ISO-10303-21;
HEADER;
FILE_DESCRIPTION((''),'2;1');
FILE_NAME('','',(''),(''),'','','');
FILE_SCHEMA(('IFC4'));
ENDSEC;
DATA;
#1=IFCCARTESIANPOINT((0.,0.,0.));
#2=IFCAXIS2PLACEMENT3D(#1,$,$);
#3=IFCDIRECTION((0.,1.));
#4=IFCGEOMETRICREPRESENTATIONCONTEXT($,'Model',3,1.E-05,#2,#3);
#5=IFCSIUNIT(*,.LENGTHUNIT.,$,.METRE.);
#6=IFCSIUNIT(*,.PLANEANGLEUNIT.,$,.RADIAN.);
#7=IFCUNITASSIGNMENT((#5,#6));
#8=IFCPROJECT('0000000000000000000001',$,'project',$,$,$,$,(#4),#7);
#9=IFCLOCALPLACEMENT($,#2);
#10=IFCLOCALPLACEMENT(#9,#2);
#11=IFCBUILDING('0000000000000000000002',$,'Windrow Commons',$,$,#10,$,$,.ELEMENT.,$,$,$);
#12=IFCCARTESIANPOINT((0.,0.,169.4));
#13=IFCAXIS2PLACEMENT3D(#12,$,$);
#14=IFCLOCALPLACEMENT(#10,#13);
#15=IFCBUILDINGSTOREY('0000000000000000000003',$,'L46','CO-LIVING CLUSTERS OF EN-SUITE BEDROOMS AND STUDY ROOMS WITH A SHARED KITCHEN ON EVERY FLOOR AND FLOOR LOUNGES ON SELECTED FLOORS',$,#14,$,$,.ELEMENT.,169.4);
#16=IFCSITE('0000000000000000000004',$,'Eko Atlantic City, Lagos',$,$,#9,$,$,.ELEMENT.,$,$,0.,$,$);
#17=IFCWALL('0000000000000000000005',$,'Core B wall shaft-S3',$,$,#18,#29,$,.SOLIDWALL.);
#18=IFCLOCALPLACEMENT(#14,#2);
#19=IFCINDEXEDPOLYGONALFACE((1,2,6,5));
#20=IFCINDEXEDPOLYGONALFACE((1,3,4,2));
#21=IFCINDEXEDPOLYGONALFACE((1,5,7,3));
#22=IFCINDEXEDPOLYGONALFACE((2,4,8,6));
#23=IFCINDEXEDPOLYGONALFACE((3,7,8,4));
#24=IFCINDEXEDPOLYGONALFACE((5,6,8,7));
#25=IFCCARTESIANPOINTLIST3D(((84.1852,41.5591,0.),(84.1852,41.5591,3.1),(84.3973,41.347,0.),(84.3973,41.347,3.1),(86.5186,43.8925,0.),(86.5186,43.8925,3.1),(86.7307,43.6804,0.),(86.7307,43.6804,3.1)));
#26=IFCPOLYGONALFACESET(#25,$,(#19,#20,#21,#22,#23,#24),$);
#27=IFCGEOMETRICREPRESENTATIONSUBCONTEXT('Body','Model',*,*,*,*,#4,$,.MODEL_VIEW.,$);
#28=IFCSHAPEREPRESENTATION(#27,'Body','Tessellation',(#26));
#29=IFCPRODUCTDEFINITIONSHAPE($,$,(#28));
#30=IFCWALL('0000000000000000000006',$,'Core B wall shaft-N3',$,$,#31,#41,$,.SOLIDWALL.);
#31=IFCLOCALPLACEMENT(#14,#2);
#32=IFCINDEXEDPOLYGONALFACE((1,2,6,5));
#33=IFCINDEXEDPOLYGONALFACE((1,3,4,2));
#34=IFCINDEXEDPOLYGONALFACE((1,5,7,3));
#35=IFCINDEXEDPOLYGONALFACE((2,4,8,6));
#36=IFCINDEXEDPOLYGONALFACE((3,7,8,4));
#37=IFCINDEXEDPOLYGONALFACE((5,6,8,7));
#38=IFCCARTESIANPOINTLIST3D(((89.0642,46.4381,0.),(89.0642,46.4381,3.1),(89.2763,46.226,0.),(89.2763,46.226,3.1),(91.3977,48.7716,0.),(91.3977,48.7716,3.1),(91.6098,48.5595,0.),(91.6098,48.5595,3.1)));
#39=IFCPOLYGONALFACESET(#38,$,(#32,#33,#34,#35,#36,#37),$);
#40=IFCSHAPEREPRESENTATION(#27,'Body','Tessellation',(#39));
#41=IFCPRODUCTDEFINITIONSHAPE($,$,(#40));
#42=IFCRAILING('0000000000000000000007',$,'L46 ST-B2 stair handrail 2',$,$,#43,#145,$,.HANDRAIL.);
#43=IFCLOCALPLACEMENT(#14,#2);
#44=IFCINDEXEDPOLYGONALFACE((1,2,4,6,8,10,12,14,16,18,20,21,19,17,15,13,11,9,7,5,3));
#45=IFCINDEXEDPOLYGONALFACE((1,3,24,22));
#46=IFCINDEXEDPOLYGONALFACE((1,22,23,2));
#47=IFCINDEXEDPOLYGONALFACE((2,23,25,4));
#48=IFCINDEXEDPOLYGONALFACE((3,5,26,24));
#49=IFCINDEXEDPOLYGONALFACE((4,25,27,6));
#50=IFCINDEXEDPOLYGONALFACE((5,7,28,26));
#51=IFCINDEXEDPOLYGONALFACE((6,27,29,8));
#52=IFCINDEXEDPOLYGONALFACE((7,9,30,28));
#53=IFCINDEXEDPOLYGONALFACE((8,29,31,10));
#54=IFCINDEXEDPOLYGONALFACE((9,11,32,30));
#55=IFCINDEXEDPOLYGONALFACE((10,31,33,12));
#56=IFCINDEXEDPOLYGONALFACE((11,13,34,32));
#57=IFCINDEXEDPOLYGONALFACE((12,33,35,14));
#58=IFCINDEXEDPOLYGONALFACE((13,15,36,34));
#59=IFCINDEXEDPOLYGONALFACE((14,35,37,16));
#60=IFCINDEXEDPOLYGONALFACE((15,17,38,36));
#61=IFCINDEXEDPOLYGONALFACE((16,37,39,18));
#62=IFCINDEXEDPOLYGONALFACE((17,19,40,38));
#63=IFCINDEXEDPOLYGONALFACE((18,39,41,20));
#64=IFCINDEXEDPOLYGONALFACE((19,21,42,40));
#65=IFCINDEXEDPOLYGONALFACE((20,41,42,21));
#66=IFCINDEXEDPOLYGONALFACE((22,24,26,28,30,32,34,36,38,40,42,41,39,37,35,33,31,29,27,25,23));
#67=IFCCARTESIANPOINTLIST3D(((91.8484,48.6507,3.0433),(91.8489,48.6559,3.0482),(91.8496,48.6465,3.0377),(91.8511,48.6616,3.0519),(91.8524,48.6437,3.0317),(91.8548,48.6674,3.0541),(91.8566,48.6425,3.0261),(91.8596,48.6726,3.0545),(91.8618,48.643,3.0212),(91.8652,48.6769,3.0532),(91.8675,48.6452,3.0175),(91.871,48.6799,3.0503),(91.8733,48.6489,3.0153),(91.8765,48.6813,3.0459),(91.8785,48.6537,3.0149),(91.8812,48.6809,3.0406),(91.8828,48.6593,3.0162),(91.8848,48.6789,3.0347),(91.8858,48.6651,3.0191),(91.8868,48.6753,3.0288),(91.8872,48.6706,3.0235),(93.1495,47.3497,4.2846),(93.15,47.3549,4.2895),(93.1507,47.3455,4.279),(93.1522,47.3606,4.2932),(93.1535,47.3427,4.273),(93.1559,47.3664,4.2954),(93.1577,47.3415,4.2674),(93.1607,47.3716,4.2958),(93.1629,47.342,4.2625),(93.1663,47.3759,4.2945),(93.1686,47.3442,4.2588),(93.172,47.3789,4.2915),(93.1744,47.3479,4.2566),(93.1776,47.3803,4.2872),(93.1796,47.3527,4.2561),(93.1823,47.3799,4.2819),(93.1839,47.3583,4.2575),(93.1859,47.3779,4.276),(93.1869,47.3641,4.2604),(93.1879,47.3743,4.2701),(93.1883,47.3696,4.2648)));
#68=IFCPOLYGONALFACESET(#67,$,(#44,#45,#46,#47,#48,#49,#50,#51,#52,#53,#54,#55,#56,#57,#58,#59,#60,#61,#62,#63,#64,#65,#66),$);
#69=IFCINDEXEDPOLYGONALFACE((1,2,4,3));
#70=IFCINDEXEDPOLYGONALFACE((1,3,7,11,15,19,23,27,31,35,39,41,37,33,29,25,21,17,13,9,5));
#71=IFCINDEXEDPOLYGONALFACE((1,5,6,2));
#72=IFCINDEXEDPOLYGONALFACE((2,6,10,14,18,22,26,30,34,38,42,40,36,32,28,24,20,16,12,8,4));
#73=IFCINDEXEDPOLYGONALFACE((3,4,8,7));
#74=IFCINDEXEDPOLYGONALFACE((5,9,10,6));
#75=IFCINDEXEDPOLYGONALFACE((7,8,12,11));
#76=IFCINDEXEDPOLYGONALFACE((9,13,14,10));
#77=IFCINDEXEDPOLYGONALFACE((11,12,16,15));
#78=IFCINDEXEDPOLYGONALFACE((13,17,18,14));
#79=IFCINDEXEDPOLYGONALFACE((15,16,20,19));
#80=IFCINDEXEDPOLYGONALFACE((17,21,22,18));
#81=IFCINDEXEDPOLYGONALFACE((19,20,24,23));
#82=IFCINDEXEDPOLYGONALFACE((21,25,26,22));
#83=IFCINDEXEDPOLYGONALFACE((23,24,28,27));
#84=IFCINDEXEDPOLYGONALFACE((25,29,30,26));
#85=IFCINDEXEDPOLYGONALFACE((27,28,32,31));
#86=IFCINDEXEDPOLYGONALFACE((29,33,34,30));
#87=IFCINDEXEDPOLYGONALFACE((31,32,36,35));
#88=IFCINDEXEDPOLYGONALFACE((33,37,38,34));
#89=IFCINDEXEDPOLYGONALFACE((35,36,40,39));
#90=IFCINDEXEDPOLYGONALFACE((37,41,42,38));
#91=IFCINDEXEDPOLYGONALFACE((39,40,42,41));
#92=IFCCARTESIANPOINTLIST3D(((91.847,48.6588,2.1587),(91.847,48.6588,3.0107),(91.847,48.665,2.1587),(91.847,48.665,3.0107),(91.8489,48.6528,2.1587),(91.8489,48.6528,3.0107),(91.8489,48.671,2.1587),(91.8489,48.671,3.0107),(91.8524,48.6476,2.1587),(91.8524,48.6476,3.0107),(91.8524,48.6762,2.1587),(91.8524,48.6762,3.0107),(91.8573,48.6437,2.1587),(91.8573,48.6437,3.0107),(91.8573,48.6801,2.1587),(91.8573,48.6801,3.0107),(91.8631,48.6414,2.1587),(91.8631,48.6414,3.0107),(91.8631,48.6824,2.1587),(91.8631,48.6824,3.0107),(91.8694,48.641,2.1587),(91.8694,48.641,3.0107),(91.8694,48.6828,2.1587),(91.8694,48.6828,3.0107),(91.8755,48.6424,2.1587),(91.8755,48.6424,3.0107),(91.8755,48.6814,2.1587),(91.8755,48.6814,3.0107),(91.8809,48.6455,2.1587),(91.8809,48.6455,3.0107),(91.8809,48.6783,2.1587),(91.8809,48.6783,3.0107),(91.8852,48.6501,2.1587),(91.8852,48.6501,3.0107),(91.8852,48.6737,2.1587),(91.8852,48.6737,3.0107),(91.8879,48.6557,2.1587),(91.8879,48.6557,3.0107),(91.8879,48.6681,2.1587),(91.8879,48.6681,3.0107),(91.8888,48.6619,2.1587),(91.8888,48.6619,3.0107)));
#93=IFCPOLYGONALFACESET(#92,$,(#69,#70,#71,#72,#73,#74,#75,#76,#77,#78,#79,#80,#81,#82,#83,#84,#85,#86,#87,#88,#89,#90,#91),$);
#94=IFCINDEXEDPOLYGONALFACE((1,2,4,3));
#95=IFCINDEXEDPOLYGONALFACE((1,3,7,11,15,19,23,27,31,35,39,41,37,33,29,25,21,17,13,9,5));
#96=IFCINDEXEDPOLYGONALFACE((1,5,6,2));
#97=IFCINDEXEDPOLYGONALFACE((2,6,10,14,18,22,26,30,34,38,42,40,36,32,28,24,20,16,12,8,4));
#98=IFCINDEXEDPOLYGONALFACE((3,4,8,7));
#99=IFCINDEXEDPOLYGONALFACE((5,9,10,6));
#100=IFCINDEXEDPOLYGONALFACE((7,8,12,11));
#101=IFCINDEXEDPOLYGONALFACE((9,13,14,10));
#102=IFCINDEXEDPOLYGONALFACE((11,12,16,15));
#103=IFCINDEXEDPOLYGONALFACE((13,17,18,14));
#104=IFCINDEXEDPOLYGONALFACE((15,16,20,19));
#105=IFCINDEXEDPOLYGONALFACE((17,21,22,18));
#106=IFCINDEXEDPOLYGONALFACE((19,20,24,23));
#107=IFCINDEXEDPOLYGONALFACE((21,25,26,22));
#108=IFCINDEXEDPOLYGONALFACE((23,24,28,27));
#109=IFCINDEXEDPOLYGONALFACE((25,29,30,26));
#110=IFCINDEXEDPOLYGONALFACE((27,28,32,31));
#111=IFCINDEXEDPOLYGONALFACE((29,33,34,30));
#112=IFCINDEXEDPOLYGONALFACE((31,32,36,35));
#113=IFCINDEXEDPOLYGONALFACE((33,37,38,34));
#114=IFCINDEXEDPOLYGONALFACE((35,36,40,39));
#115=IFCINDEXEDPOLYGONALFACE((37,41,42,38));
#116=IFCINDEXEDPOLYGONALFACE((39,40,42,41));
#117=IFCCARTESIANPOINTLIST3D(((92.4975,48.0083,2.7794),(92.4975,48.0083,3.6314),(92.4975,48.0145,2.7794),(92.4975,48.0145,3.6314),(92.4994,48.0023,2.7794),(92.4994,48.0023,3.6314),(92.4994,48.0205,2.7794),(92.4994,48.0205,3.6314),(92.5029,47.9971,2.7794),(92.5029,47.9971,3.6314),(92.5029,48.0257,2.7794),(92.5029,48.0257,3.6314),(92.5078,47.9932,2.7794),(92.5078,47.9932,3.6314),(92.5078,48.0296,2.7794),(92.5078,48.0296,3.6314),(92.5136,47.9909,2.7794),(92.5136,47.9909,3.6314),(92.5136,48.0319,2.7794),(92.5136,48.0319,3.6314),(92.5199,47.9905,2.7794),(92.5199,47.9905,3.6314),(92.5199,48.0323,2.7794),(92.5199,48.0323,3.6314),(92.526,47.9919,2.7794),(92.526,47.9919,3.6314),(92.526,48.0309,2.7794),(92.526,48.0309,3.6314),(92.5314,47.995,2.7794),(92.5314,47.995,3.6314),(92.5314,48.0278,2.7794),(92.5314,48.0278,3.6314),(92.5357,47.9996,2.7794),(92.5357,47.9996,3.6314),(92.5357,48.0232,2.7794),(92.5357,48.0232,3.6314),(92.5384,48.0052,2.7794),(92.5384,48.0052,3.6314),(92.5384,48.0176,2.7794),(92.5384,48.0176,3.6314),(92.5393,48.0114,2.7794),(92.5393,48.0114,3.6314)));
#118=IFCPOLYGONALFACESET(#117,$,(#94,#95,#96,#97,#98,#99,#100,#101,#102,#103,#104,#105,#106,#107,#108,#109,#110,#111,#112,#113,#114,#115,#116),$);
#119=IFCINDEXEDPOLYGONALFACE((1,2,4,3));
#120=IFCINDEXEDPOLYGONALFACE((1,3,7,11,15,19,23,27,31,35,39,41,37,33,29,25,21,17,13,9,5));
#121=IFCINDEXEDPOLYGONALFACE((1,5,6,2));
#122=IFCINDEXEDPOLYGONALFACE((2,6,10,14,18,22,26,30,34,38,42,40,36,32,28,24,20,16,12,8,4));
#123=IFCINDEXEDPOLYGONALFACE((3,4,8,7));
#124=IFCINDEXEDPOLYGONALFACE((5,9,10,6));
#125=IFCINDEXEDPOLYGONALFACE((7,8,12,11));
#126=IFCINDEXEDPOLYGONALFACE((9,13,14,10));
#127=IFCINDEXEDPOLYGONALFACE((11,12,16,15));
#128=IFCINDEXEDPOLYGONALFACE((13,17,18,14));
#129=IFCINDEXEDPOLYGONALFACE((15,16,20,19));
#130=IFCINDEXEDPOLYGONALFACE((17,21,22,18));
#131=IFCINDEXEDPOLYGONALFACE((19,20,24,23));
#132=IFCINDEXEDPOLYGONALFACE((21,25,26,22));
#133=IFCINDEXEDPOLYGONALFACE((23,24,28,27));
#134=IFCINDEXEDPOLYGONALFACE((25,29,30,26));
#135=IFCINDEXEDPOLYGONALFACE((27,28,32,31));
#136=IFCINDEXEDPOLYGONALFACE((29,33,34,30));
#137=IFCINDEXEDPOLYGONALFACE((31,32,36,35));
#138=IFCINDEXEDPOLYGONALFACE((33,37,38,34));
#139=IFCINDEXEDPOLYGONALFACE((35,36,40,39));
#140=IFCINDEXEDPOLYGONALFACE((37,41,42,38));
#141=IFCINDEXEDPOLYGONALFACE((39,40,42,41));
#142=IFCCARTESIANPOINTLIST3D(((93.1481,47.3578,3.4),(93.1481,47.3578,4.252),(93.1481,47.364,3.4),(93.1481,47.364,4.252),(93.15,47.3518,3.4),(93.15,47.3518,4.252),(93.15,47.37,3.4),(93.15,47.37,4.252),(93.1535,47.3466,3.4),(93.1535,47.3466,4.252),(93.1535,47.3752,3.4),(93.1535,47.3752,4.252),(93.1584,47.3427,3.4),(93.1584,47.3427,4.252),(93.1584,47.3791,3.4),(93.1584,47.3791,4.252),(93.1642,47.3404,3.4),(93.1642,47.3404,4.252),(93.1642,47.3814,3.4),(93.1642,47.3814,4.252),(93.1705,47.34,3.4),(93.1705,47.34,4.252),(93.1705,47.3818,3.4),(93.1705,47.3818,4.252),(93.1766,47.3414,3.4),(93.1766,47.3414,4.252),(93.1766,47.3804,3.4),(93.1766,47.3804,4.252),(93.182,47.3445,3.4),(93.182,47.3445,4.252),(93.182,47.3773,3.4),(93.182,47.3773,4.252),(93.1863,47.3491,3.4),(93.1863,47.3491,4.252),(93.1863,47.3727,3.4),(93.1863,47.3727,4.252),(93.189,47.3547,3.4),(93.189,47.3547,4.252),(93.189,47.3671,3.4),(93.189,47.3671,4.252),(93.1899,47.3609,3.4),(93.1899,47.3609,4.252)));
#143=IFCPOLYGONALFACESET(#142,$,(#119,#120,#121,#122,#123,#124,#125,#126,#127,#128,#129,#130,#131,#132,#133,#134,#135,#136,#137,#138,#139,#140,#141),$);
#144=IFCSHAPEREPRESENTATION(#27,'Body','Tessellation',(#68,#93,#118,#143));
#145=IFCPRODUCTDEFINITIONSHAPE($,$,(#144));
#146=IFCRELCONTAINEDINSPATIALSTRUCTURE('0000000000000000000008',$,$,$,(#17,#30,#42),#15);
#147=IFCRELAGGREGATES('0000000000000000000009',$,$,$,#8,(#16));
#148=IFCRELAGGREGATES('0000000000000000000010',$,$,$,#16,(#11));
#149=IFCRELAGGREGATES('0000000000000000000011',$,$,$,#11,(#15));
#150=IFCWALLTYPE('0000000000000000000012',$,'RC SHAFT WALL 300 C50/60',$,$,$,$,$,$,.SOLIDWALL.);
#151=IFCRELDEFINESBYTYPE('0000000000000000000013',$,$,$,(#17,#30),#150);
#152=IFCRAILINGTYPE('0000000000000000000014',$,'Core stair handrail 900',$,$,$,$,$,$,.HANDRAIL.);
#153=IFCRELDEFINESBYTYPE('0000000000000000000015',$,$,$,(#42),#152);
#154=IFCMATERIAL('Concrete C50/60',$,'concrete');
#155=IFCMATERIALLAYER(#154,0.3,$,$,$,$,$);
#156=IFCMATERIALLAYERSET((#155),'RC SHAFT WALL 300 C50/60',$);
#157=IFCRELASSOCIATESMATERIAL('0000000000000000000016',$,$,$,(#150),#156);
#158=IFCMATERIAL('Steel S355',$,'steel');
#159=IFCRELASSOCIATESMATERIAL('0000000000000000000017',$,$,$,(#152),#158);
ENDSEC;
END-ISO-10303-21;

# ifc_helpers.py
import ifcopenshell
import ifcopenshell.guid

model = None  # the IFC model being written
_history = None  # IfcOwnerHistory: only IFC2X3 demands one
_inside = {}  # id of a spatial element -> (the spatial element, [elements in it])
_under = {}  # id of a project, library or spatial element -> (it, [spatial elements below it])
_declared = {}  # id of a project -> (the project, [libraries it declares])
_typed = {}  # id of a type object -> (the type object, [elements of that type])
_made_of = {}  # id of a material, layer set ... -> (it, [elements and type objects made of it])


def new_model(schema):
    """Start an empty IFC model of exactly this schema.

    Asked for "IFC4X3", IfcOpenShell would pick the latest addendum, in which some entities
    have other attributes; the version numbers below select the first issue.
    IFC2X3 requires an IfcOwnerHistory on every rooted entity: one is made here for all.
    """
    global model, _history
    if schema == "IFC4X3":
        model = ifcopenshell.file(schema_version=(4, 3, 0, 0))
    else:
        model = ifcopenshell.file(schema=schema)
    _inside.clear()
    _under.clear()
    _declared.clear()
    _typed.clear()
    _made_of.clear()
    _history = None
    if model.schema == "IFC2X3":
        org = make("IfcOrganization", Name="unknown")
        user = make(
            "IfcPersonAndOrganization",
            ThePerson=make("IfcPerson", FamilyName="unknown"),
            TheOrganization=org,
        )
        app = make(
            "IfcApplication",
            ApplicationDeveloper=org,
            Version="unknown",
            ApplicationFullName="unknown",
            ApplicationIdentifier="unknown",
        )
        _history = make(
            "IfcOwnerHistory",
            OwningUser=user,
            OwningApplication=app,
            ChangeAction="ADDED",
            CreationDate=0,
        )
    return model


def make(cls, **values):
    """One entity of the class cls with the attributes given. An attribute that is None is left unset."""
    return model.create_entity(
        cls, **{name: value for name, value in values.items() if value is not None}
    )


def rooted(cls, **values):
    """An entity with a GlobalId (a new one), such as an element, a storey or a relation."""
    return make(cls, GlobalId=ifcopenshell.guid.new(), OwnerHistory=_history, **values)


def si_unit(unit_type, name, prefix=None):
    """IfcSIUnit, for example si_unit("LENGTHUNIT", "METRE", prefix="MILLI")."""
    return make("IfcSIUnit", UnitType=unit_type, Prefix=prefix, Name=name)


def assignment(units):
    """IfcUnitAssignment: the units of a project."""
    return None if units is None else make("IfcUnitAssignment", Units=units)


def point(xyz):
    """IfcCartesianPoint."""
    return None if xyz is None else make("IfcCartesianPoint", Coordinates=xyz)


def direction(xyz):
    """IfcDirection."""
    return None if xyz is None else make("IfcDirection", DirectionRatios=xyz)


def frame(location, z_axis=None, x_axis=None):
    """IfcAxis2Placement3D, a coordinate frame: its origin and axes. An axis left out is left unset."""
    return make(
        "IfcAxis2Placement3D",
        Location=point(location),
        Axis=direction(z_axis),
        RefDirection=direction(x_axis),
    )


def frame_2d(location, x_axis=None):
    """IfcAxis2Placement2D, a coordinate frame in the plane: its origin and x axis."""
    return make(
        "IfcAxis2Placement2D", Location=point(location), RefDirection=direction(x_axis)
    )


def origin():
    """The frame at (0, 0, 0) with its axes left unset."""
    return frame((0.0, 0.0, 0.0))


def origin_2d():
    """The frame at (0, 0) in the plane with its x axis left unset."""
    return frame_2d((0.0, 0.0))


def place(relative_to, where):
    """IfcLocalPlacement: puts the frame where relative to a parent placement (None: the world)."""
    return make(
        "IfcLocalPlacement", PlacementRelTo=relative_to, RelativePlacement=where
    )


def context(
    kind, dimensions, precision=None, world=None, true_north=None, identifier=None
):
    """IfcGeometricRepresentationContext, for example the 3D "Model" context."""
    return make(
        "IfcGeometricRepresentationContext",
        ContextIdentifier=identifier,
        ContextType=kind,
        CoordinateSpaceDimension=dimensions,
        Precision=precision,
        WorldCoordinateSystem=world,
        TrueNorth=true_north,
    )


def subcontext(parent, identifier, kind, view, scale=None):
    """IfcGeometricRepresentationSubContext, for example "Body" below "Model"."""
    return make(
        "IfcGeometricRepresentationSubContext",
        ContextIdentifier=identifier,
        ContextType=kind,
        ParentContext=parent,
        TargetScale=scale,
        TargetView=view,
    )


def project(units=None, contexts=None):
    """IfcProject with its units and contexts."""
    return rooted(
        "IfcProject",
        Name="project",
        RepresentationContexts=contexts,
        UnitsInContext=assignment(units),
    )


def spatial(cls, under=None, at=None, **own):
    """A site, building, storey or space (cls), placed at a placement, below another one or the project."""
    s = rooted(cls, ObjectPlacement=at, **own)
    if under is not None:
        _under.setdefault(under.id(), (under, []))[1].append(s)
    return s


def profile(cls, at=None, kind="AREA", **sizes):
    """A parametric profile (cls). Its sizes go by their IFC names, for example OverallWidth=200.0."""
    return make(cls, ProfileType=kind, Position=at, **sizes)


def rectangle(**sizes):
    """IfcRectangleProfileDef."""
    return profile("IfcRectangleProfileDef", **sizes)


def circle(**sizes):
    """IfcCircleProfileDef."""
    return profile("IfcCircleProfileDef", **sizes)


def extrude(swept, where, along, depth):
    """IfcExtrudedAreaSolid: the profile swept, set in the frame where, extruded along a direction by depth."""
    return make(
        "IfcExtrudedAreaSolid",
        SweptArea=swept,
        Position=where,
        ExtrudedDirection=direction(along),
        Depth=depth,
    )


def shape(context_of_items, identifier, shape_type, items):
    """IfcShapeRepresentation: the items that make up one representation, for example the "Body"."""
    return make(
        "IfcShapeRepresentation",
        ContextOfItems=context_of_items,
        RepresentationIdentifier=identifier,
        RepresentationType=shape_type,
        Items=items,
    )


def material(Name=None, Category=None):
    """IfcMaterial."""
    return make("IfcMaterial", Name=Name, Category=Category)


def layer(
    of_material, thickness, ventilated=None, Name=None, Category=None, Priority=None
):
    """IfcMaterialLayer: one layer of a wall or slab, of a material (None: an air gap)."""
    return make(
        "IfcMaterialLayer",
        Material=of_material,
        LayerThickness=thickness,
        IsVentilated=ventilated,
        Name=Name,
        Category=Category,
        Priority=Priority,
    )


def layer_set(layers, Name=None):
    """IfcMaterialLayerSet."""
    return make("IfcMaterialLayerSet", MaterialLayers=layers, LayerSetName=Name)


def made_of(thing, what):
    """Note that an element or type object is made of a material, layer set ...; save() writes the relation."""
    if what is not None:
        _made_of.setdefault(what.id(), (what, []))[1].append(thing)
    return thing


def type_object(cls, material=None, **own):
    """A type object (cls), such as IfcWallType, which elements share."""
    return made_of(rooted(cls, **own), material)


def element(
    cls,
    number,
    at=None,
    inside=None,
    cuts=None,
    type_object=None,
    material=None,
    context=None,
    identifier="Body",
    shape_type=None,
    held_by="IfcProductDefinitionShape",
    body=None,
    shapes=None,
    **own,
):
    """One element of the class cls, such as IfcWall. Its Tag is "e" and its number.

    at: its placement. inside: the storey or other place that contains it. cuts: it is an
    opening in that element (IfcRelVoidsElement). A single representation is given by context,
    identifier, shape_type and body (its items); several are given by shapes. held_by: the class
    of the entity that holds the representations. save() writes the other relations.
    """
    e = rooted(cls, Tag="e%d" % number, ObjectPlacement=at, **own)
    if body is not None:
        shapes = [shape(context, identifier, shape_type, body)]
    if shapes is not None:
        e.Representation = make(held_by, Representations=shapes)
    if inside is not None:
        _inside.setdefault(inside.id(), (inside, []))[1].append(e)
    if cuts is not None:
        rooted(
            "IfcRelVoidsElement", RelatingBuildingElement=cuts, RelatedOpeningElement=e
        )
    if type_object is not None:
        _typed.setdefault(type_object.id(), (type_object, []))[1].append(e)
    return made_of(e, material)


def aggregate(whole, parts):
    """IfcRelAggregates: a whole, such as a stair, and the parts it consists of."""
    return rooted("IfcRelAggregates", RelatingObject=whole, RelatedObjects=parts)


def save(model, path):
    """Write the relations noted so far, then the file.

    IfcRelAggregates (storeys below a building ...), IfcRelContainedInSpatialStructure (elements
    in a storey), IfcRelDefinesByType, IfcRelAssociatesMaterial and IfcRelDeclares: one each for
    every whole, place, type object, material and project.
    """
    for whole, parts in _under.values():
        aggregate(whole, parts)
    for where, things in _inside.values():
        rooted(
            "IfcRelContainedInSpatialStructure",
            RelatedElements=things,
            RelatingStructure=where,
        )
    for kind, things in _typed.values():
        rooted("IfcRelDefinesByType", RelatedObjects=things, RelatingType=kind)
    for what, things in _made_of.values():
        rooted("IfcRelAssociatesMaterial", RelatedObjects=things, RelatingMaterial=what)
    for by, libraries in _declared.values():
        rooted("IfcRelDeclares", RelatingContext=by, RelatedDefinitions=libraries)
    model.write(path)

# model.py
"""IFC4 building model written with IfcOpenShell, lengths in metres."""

from ifc_helpers import new_model, si_unit, direction, frame, frame_2d, origin, origin_2d, place, context, subcontext, project, spatial, rectangle, circle, extrude, material, layer, layer_set, type_object, element, save


model = new_model("IFC4")

# Units and contexts
model_context = context("Model", 3, precision=1e-05, world=origin(), true_north=direction((0.0, 1.0)))
body_context = subcontext(model_context, "Body", "Model", "MODEL_VIEW")
ifc_project = project(units=[si_unit("LENGTHUNIT", "METRE"), si_unit("PLANEANGLEUNIT", "RADIAN")], contexts=[model_context])

# Site, building, storey
site_placement = place(None, origin())
site = spatial("IfcSite", under=ifc_project, at=site_placement, Name="Eko Atlantic City, Lagos", CompositionType="ELEMENT", RefElevation=0.0)
building_placement = place(site_placement, origin())
building = spatial("IfcBuilding", under=site, at=building_placement, Name="Windrow Commons", CompositionType="ELEMENT")
storey_placement = place(building_placement, frame((0.0, 0.0, 169.4)))
storey = spatial("IfcBuildingStorey", under=building, at=storey_placement, Name="L46", Description="CO-LIVING CLUSTERS OF EN-SUITE BEDROOMS AND STUDY ROOMS WITH A SHARED KITCHEN ON EVERY FLOOR AND FLOOR LOUNGES ON SELECTED FLOORS", CompositionType="ELEMENT", Elevation=169.4)

# Walls
ifc_material_1 = material(Name="Concrete C50/60", Category="concrete")
ifc_layer_1 = layer(ifc_material_1, 0.3)
ifc_layer_set_1 = layer_set([ifc_layer_1], Name="RC SHAFT WALL 300 C50/60")
wall_type_1 = type_object("IfcWallType", Name="RC SHAFT WALL 300 C50/60", PredefinedType="SOLIDWALL", material=ifc_layer_set_1)
for number, where, z_axis, x_axis, name in (
    (1, (84.2912, 41.453, 0.0), (0.0, 0.0, 1.0), (0.707107, 0.707107, 0.0), "Core B wall shaft-S3"),
):
    element("IfcWall", number, at=place(storey_placement, frame(where, z_axis=z_axis, x_axis=x_axis)), inside=storey, type_object=wall_type_1, Name=name, PredefinedType="SOLIDWALL", context=body_context, shape_type="SweptSolid", body=[
        extrude(rectangle(XDim=3.2999, YDim=0.3, at=frame_2d((1.65, 0.0))), origin(), (0.0, 0.0, 1.0), 3.1),
    ])
wall_1_placement = place(storey_placement, frame((89.1702, 46.332, 0.0), z_axis=(0.0, 0.0, 1.0), x_axis=(0.707107, 0.707107, 0.0)))
element("IfcWall", 2, at=wall_1_placement, inside=storey, type_object=wall_type_1, Name="Core B wall shaft-N3", PredefinedType="SOLIDWALL", context=body_context, shape_type="SweptSolid", body=[
    extrude(rectangle(XDim=3.3001, YDim=0.3, at=frame_2d((1.6501, 0.0))), origin(), (0.0, 0.0, 1.0), 3.1),
])

# Railing
ifc_material_2 = material(Name="Steel S355", Category="steel")
railing_type = type_object("IfcRailingType", Name="Core stair handrail 900", PredefinedType="HANDRAIL", material=ifc_material_2)
railing_placement = place(storey_placement, frame((91.8678, 48.6619, 2.1587)))
element("IfcRailing", 3, at=railing_placement, inside=storey, type_object=railing_type, Name="L46 ST-B2 stair handrail 2", PredefinedType="HANDRAIL", context=body_context, shape_type="SweptSolid", body=[
    extrude(circle(Radius=0.024, at=origin_2d()), frame((0.0, 0.0, 0.876), z_axis=(0.586207, -0.586162, 0.559264), x_axis=(0.70708, 0.707134, 0.0)), (0.0, 0.0, 1.0), 2.2195),
    extrude(circle(Radius=0.021, at=origin_2d()), origin(), (0.0, 0.0, 1.0), 0.852),
    extrude(circle(Radius=0.021, at=origin_2d()), frame((0.6505, -0.6505, 0.6207)), (0.0, 0.0, 1.0), 0.852),
    extrude(circle(Radius=0.021, at=origin_2d()), frame((1.3011, -1.301, 1.2413)), (0.0, 0.0, 1.0), 0.852),
])

save(model, "model.ifc")
